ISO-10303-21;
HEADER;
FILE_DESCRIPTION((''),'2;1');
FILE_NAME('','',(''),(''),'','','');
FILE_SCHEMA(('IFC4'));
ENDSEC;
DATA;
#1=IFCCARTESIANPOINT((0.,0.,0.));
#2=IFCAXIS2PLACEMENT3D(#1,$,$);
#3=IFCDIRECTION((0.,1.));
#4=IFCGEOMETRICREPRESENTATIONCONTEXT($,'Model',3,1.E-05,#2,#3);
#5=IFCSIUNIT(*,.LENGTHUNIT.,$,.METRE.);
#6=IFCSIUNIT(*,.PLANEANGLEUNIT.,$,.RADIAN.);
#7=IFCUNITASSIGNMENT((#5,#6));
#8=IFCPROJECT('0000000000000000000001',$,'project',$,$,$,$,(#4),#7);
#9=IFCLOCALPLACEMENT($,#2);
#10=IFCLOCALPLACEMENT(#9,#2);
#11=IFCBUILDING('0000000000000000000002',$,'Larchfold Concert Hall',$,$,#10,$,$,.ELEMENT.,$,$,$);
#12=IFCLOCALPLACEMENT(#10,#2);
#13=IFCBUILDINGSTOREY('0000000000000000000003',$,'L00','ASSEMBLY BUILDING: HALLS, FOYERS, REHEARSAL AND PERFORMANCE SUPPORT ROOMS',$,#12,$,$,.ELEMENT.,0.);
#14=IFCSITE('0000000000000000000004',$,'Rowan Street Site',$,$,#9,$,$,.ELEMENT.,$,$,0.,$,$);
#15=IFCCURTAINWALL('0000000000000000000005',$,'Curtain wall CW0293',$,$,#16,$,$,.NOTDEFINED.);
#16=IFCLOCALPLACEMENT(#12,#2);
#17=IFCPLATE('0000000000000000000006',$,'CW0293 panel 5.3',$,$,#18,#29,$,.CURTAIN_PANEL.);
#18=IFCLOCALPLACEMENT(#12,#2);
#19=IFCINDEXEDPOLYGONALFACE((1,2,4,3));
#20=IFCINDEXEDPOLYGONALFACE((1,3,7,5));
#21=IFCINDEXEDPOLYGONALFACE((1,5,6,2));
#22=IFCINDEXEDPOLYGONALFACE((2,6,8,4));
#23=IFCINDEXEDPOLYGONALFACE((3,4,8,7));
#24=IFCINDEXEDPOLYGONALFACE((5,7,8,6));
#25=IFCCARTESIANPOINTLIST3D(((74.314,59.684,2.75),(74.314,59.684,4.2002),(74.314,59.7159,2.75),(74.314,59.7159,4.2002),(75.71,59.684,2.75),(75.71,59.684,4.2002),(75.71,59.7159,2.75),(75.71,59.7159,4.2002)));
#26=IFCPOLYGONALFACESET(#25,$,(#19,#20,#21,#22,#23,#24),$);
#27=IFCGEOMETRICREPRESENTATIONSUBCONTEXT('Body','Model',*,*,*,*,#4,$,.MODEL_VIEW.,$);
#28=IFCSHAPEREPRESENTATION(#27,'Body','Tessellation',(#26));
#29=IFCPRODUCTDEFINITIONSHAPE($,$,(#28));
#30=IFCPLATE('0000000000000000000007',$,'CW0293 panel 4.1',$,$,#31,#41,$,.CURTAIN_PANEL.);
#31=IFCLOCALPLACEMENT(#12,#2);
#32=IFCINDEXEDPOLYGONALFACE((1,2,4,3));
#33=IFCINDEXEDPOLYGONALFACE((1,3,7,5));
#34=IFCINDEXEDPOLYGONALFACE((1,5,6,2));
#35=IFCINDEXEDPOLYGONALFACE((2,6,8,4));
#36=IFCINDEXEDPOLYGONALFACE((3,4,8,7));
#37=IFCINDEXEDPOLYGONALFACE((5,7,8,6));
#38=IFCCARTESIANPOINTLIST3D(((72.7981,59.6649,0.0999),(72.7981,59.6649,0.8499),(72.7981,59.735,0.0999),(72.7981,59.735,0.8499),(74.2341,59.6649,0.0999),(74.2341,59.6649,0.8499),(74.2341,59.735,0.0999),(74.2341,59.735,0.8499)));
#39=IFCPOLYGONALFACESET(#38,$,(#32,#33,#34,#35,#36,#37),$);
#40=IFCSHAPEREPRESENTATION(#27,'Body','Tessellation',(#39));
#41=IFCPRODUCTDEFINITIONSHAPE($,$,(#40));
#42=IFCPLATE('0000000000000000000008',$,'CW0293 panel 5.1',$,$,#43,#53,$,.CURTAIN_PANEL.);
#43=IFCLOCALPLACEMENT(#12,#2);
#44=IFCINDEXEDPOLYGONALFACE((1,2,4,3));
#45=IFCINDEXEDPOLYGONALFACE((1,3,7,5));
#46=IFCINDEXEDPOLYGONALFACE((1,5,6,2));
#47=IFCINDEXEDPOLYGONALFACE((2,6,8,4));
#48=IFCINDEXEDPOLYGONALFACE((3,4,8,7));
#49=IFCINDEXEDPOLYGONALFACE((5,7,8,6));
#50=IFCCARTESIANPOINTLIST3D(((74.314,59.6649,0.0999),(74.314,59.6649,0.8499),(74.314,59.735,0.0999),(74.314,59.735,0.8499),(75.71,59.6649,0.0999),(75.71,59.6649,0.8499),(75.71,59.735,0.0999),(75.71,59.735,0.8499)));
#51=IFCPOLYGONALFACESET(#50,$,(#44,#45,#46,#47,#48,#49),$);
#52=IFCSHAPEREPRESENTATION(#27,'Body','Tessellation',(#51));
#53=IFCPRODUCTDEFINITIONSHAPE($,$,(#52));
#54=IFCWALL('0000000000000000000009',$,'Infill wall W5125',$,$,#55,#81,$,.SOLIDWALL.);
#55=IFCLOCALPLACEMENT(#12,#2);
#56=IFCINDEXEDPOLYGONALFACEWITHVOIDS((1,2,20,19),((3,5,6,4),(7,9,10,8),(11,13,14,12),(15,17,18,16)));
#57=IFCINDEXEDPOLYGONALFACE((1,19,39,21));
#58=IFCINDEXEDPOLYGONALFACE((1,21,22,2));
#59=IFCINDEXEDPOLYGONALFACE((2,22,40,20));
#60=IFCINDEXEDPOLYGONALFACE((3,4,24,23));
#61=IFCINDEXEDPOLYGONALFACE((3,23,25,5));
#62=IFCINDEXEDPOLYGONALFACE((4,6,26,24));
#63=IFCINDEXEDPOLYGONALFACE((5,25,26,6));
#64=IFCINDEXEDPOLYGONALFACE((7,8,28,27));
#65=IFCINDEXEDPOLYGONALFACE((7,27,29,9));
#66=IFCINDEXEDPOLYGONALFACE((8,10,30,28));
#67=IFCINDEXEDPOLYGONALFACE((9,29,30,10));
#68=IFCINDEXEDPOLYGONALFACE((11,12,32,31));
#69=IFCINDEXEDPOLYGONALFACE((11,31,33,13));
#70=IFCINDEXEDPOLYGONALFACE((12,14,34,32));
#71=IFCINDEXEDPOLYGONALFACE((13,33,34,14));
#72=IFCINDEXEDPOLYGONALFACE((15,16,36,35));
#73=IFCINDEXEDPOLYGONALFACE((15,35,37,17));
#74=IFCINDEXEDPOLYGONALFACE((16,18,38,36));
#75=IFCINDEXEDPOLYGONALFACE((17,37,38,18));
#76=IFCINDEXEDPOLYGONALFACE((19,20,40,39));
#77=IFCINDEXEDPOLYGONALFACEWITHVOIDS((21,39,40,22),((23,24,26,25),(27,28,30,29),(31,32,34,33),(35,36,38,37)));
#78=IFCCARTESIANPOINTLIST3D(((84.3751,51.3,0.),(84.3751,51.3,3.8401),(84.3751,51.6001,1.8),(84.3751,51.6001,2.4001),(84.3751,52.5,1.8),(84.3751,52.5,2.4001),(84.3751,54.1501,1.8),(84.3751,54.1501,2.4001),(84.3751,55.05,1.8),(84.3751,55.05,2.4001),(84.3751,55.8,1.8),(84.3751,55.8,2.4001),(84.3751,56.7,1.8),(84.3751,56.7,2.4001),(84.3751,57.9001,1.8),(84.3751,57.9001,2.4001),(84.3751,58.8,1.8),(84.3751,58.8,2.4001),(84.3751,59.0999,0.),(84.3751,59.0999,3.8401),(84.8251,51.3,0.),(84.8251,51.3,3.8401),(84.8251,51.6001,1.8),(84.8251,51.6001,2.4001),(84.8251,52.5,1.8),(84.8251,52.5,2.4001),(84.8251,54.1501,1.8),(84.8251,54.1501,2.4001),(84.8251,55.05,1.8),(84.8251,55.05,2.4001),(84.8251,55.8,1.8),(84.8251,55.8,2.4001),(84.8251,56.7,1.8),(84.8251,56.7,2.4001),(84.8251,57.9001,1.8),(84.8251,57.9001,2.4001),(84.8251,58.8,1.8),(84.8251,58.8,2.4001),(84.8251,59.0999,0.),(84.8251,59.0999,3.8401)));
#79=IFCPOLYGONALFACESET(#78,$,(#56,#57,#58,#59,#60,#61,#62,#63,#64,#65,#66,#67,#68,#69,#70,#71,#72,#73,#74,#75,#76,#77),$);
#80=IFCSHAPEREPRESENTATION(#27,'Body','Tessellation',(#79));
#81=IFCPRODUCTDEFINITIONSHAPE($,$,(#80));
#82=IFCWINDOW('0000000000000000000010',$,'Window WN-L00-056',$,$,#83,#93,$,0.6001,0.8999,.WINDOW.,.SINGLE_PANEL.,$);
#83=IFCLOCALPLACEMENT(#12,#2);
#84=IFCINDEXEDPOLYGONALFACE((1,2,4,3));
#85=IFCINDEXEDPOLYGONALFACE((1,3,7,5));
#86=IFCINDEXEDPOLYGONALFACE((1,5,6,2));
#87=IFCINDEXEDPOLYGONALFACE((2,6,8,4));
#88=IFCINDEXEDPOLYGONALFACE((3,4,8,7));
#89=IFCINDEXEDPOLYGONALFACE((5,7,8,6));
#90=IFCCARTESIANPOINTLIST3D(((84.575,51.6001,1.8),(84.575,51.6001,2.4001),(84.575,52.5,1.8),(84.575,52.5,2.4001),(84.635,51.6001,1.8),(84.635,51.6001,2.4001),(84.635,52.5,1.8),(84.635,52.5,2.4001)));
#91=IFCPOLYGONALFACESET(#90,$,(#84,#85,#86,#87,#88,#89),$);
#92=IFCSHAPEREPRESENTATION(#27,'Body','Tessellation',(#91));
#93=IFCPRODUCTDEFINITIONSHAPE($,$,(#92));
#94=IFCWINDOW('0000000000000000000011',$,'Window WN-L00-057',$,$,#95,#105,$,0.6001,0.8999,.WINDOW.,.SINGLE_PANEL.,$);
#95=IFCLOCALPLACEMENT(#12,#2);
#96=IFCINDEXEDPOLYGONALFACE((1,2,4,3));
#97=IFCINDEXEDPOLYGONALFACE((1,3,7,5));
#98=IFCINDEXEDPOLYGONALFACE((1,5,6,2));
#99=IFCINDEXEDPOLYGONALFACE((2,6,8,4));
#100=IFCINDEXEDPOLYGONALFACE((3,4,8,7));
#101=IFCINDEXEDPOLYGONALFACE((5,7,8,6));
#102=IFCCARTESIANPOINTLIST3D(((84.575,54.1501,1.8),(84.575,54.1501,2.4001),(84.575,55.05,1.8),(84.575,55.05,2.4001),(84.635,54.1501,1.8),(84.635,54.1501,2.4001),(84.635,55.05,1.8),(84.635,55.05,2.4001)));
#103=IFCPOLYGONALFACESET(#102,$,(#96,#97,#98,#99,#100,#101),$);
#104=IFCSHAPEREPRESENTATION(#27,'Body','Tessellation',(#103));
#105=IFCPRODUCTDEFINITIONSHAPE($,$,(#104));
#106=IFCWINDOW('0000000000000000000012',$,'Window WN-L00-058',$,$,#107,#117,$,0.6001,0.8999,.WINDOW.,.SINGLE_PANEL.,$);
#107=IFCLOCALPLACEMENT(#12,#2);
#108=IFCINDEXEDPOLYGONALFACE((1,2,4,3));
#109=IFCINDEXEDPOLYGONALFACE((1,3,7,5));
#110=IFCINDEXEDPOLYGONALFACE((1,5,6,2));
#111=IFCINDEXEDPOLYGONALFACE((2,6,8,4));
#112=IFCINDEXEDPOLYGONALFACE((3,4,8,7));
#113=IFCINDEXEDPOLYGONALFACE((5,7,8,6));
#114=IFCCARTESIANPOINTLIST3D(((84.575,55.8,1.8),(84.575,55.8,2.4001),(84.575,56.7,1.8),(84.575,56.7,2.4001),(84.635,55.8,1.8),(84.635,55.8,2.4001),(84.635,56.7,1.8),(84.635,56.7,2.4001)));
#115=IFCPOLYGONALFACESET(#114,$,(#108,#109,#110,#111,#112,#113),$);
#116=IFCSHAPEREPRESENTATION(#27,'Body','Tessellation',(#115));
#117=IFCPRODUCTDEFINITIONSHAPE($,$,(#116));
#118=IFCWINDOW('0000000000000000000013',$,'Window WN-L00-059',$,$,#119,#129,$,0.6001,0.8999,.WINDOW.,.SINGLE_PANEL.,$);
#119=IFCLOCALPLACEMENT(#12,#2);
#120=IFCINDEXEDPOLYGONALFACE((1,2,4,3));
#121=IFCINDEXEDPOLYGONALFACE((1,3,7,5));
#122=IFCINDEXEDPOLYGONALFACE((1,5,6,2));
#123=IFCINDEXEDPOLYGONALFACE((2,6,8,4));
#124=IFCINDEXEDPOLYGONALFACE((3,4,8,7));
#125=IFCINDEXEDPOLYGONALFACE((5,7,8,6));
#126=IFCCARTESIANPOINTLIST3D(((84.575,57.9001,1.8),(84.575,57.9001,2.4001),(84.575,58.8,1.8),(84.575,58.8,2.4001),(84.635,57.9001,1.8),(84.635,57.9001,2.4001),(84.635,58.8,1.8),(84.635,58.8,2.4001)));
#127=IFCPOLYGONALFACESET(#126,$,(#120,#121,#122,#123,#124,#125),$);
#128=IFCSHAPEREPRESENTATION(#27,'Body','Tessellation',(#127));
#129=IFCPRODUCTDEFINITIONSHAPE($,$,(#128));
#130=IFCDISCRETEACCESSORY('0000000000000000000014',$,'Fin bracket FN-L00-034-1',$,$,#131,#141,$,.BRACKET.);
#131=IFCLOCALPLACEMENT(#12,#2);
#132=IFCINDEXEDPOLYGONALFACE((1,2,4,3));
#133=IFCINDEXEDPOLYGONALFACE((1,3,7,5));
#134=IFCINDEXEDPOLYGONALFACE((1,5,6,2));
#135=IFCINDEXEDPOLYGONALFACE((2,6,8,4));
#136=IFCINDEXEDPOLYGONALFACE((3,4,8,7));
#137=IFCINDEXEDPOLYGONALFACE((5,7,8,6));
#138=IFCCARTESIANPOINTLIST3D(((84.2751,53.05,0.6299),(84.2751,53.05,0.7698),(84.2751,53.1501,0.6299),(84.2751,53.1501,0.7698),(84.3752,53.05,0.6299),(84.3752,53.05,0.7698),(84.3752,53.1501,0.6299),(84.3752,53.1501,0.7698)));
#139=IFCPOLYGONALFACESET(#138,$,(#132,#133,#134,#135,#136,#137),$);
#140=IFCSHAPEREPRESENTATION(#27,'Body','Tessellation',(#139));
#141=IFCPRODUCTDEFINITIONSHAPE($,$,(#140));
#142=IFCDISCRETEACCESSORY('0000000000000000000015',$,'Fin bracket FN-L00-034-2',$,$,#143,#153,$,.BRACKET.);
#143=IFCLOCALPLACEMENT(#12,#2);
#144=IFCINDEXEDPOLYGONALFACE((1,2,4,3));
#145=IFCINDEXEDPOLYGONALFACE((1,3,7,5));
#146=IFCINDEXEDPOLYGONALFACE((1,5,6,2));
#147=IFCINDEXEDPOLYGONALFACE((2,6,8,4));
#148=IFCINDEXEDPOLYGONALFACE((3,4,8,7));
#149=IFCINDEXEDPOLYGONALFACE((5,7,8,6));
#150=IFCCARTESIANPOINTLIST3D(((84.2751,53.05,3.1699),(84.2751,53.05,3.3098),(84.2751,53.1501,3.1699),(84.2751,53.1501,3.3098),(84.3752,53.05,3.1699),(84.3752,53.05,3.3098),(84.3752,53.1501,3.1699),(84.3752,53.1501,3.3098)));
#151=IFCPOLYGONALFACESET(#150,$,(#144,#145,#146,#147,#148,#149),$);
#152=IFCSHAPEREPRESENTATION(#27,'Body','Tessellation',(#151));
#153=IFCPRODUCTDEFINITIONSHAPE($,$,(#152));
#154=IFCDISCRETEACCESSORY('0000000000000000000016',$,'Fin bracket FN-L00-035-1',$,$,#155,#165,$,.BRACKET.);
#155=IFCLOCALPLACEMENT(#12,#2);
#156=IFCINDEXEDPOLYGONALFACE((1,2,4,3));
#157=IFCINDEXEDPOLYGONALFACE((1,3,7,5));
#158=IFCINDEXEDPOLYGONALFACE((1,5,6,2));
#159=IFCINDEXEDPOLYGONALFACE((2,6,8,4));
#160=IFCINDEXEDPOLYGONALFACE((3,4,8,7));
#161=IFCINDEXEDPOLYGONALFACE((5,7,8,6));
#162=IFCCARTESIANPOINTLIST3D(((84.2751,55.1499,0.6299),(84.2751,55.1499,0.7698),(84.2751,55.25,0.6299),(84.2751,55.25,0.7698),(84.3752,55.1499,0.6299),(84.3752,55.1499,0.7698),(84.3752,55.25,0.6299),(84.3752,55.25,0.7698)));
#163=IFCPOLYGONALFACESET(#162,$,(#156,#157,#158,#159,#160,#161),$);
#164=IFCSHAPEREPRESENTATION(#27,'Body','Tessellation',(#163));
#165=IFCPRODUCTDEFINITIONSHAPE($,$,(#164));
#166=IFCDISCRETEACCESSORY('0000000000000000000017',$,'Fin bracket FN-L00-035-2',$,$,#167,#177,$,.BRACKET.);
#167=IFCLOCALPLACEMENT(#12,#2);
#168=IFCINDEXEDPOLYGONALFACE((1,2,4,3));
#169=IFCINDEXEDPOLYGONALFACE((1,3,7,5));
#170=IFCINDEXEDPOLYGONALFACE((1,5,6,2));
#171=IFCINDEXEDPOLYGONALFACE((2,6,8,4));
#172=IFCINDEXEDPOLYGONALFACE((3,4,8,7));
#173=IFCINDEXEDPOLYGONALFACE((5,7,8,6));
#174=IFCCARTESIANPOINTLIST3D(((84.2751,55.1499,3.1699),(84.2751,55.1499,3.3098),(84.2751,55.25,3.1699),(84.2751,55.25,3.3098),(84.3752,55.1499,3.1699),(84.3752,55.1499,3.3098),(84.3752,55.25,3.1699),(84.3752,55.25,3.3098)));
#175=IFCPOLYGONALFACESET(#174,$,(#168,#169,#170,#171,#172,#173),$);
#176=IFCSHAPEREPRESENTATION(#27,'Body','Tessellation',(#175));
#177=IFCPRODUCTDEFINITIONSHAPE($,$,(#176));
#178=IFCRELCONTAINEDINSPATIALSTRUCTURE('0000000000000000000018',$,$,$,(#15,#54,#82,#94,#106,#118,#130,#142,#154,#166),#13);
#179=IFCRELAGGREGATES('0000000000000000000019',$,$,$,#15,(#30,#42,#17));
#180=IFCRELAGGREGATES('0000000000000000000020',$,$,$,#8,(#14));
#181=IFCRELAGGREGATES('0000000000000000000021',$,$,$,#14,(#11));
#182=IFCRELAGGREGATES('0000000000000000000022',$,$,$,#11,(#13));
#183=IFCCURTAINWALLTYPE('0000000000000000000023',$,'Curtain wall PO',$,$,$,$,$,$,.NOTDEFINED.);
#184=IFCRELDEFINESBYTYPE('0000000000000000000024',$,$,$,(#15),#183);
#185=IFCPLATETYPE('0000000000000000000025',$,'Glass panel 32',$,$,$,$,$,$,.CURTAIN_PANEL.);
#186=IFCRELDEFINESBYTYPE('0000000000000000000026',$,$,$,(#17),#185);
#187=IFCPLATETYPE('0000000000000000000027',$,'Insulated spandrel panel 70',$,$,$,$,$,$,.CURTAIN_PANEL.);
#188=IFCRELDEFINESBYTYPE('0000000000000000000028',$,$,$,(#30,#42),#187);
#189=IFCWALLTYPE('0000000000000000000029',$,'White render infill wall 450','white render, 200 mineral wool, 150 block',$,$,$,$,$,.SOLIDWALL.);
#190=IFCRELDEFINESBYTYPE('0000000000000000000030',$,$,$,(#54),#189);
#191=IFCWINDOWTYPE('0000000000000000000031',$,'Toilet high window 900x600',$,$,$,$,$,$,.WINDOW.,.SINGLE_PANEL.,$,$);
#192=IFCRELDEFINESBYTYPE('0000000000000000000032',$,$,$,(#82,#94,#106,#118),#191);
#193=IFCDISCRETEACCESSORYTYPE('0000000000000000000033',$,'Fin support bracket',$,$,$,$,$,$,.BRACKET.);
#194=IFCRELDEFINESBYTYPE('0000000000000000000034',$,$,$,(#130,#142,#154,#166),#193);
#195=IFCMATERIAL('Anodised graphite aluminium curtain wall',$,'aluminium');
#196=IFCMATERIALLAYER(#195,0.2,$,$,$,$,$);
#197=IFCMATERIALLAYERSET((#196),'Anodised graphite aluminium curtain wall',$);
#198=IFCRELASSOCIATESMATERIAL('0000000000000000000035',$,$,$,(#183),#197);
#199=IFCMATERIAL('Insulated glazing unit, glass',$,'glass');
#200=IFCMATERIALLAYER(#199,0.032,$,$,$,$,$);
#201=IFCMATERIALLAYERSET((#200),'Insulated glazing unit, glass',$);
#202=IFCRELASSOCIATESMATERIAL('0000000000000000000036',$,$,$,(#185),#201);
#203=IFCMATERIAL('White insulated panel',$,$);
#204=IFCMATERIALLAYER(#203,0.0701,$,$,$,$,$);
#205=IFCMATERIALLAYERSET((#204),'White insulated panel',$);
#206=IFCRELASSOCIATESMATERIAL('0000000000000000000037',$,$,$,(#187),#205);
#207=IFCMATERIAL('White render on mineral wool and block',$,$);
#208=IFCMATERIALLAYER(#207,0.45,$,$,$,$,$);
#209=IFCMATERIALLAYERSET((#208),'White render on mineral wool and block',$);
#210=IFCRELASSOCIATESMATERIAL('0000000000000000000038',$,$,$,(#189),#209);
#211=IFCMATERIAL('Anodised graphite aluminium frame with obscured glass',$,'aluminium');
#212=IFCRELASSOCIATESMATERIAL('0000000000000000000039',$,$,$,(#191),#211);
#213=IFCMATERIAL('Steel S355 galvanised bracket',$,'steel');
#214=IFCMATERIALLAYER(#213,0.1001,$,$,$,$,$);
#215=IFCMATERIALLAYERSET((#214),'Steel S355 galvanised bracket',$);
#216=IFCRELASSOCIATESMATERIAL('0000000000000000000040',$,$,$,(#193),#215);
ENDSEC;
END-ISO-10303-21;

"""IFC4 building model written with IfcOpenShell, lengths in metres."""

from ifc_helpers import new_model, si_unit, direction, frame, frame_2d, origin, origin_2d, place, context, subcontext, project, spatial, rectangle, extrude, material, layer, layer_set, type_object, element, fill, aggregate, save


model = new_model("IFC4")

# Units and contexts
model_context = context("Model", 3, precision=1e-05, world=origin(), true_north=direction((0.0, 1.0)))
body_context = subcontext(model_context, "Body", "Model", "MODEL_VIEW")
ifc_project = project(units=[si_unit("LENGTHUNIT", "METRE"), si_unit("PLANEANGLEUNIT", "RADIAN")], contexts=[model_context])

# Site, building, storey
site_placement = place(None, origin())
site = spatial("IfcSite", under=ifc_project, at=site_placement, Name="Rowan Street Site", CompositionType="ELEMENT", RefElevation=0.0)
building_placement = place(site_placement, origin())
building = spatial("IfcBuilding", under=site, at=building_placement, Name="Larchfold Concert Hall", CompositionType="ELEMENT")
storey_placement = place(building_placement, origin())
storey = spatial("IfcBuildingStorey", under=building, at=storey_placement, Name="L00", Description="ASSEMBLY BUILDING: HALLS, FOYERS, REHEARSAL AND PERFORMANCE SUPPORT ROOMS", CompositionType="ELEMENT", Elevation=0.0)

# Curtain wall, plates
ifc_material_1 = material(Name="Anodised graphite aluminium curtain wall", Category="aluminium")
ifc_layer_1 = layer(ifc_material_1, 0.2)
ifc_layer_set_1 = layer_set([ifc_layer_1], Name="Anodised graphite aluminium curtain wall")
curtain_wall_type = type_object("IfcCurtainWallType", Name="Curtain wall PO", PredefinedType="NOTDEFINED", material=ifc_layer_set_1)
curtain_wall_placement = place(storey_placement, origin())
curtain_wall = element("IfcCurtainWall", 1, at=curtain_wall_placement, inside=storey, type_object=curtain_wall_type, Name="Curtain wall CW0293", PredefinedType="NOTDEFINED")
ifc_material_2 = material(Name="Insulated glazing unit, glass", Category="glass")
ifc_layer_2 = layer(ifc_material_2, 0.032)
ifc_layer_set_2 = layer_set([ifc_layer_2], Name="Insulated glazing unit, glass")
plate_type_1 = type_object("IfcPlateType", Name="Glass panel 32", PredefinedType="CURTAIN_PANEL", material=ifc_layer_set_2)
plate_1_placement = place(storey_placement, frame((75.012, 59.7, 2.75), z_axis=(0.0, 0.0, 1.0), x_axis=(1.0, 0.0, 0.0)))
plate_1 = element("IfcPlate", 2, at=plate_1_placement, type_object=plate_type_1, Name="CW0293 panel 5.3", PredefinedType="CURTAIN_PANEL", context=body_context, shape_type="SweptSolid", body=[
    extrude(rectangle(XDim=1.396, YDim=0.032, at=origin_2d()), origin(), (0.0, 0.0, 1.0), 1.4502),
])
ifc_material_3 = material(Name="White insulated panel")
ifc_layer_3 = layer(ifc_material_3, 0.0701)
ifc_layer_set_3 = layer_set([ifc_layer_3], Name="White insulated panel")
plate_type_2 = type_object("IfcPlateType", Name="Insulated spandrel panel 70", PredefinedType="CURTAIN_PANEL", material=ifc_layer_set_3)
plate_2_placement = place(storey_placement, frame((73.5161, 59.7, 0.0999), z_axis=(0.0, 0.0, 1.0), x_axis=(1.0, 0.0, 0.0)))
plate_2 = element("IfcPlate", 3, at=plate_2_placement, type_object=plate_type_2, Name="CW0293 panel 4.1", PredefinedType="CURTAIN_PANEL", context=body_context, shape_type="SweptSolid", body=[
    extrude(rectangle(XDim=1.436, YDim=0.0701, at=origin_2d()), origin(), (0.0, 0.0, 1.0), 0.75),
])
plate_3_placement = place(storey_placement, frame((75.012, 59.7, 0.0999), z_axis=(0.0, 0.0, 1.0), x_axis=(1.0, 0.0, 0.0)))
plate_3 = element("IfcPlate", 4, at=plate_3_placement, type_object=plate_type_2, Name="CW0293 panel 5.1", PredefinedType="CURTAIN_PANEL", context=body_context, shape_type="SweptSolid", body=[
    extrude(rectangle(XDim=1.396, YDim=0.0701, at=origin_2d()), origin(), (0.0, 0.0, 1.0), 0.75),
])
aggregate(curtain_wall, [plate_2, plate_3, plate_1])

# Wall, openings, windows
ifc_material_4 = material(Name="White render on mineral wool and block")
ifc_layer_4 = layer(ifc_material_4, 0.45)
ifc_layer_set_4 = layer_set([ifc_layer_4], Name="White render on mineral wool and block")
wall_type = type_object("IfcWallType", Name="White render infill wall 450", Description="white render, 200 mineral wool, 150 block", PredefinedType="SOLIDWALL", material=ifc_layer_set_4)
wall_placement = place(storey_placement, frame((84.6001, 59.0999, 0.0), z_axis=(0.0, 0.0, 1.0), x_axis=(0.0, -1.0, 0.0)))
wall = element("IfcWall", 5, at=wall_placement, inside=storey, type_object=wall_type, Name="Infill wall W5125", PredefinedType="SOLIDWALL", context=body_context, shape_type="SweptSolid", body=[
    extrude(rectangle(XDim=7.7998, YDim=0.45, at=frame_2d((3.8999, 0.0))), origin(), (0.0, 0.0, 1.0), 3.8401),
])
opening_1_placement = place(wall_placement, frame((6.5999, 0.0, 1.8)))
opening_1 = element("IfcOpeningElement", 6, at=opening_1_placement, cuts=wall, PredefinedType="OPENING", context=body_context, shape_type="SweptSolid", body=[
    extrude(rectangle(XDim=0.8999, YDim=0.6001, at=frame_2d((0.45, 0.3))), frame((0.0, 0.2349, 0.0), z_axis=(0.0, -1.0, 0.0), x_axis=(1.0, 0.0, 0.0)), (0.0, 0.0, 1.0), 0.47),
])
opening_2_placement = place(wall_placement, frame((4.0498, 0.0, 1.8)))
opening_2 = element("IfcOpeningElement", 7, at=opening_2_placement, cuts=wall, PredefinedType="OPENING", context=body_context, shape_type="SweptSolid", body=[
    extrude(rectangle(XDim=0.8999, YDim=0.6001, at=frame_2d((0.45, 0.3))), frame((0.0, 0.2349, 0.0), z_axis=(0.0, -1.0, 0.0), x_axis=(1.0, 0.0, 0.0)), (0.0, 0.0, 1.0), 0.47),
])
opening_3_placement = place(wall_placement, frame((2.3999, 0.0, 1.8)))
opening_3 = element("IfcOpeningElement", 8, at=opening_3_placement, cuts=wall, PredefinedType="OPENING", context=body_context, shape_type="SweptSolid", body=[
    extrude(rectangle(XDim=0.8999, YDim=0.6001, at=frame_2d((0.45, 0.3))), frame((0.0, 0.2349, 0.0), z_axis=(0.0, -1.0, 0.0), x_axis=(1.0, 0.0, 0.0)), (0.0, 0.0, 1.0), 0.47),
])
opening_4_placement = place(wall_placement, frame((0.2998, 0.0, 1.8)))
opening_4 = element("IfcOpeningElement", 9, at=opening_4_placement, cuts=wall, PredefinedType="OPENING", context=body_context, shape_type="SweptSolid", body=[
    extrude(rectangle(XDim=0.8999, YDim=0.6001, at=frame_2d((0.45, 0.3))), frame((0.0, 0.2349, 0.0), z_axis=(0.0, -1.0, 0.0), x_axis=(1.0, 0.0, 0.0)), (0.0, 0.0, 1.0), 0.47),
])
ifc_material_5 = material(Name="Anodised graphite aluminium frame with obscured glass", Category="aluminium")
window_type = type_object("IfcWindowType", Name="Toilet high window 900x600", PartitioningType="SINGLE_PANEL", PredefinedType="WINDOW", material=ifc_material_5)
window_1_placement = place(opening_1_placement, origin())
window_1 = element("IfcWindow", 10, at=window_1_placement, inside=storey, type_object=window_type, Name="Window WN-L00-056", OverallHeight=0.6001, OverallWidth=0.8999, PartitioningType="SINGLE_PANEL", PredefinedType="WINDOW", context=body_context, shape_type="SweptSolid", body=[
    extrude(rectangle(XDim=0.8999, YDim=0.6001, at=frame_2d((0.45, 0.3))), frame((0.0, 0.0349, 0.0), z_axis=(0.0, -1.0, 0.0), x_axis=(1.0, 0.0, 0.0)), (0.0, 0.0, 1.0), 0.0601),
])
fill(opening_1, window_1)
window_2_placement = place(opening_2_placement, origin())
window_2 = element("IfcWindow", 11, at=window_2_placement, inside=storey, type_object=window_type, Name="Window WN-L00-057", OverallHeight=0.6001, OverallWidth=0.8999, PartitioningType="SINGLE_PANEL", PredefinedType="WINDOW", context=body_context, shape_type="SweptSolid", body=[
    extrude(rectangle(XDim=0.8999, YDim=0.6001, at=frame_2d((0.45, 0.3))), frame((0.0, 0.0349, 0.0), z_axis=(0.0, -1.0, 0.0), x_axis=(1.0, 0.0, 0.0)), (0.0, 0.0, 1.0), 0.0601),
])
fill(opening_2, window_2)
window_3_placement = place(opening_3_placement, origin())
window_3 = element("IfcWindow", 12, at=window_3_placement, inside=storey, type_object=window_type, Name="Window WN-L00-058", OverallHeight=0.6001, OverallWidth=0.8999, PartitioningType="SINGLE_PANEL", PredefinedType="WINDOW", context=body_context, shape_type="SweptSolid", body=[
    extrude(rectangle(XDim=0.8999, YDim=0.6001, at=frame_2d((0.45, 0.3))), frame((0.0, 0.0349, 0.0), z_axis=(0.0, -1.0, 0.0), x_axis=(1.0, 0.0, 0.0)), (0.0, 0.0, 1.0), 0.0601),
])
fill(opening_3, window_3)
window_4_placement = place(opening_4_placement, origin())
window_4 = element("IfcWindow", 13, at=window_4_placement, inside=storey, type_object=window_type, Name="Window WN-L00-059", OverallHeight=0.6001, OverallWidth=0.8999, PartitioningType="SINGLE_PANEL", PredefinedType="WINDOW", context=body_context, shape_type="SweptSolid", body=[
    extrude(rectangle(XDim=0.8999, YDim=0.6001, at=frame_2d((0.45, 0.3))), frame((0.0, 0.0349, 0.0), z_axis=(0.0, -1.0, 0.0), x_axis=(1.0, 0.0, 0.0)), (0.0, 0.0, 1.0), 0.0601),
])
fill(opening_4, window_4)

# Discrete accessories
ifc_material_6 = material(Name="Steel S355 galvanised bracket", Category="steel")
ifc_layer_5 = layer(ifc_material_6, 0.1001)
ifc_layer_set_5 = layer_set([ifc_layer_5], Name="Steel S355 galvanised bracket")
discrete_accessory_type = type_object("IfcDiscreteAccessoryType", Name="Fin support bracket", PredefinedType="BRACKET", material=ifc_layer_set_5)
for number, where, z_axis, x_axis, name in (
    (14, (84.3252, 53.1001, 0.6299), (0.0, 0.0, 1.0), (-1.0, 0.0, 0.0), "Fin bracket FN-L00-034-1"),
    (15, (84.3252, 53.1001, 3.1699), (0.0, 0.0, 1.0), (-1.0, 0.0, 0.0), "Fin bracket FN-L00-034-2"),
    (16, (84.3252, 55.2, 0.6299), (0.0, 0.0, 1.0), (-1.0, 0.0, 0.0), "Fin bracket FN-L00-035-1"),
    (17, (84.3252, 55.2, 3.1699), (0.0, 0.0, 1.0), (-1.0, 0.0, 0.0), "Fin bracket FN-L00-035-2"),
):
    element("IfcDiscreteAccessory", number, at=place(storey_placement, frame(where, z_axis=z_axis, x_axis=x_axis)), inside=storey, type_object=discrete_accessory_type, Name=name, PredefinedType="BRACKET", context=body_context, shape_type="SweptSolid", body=[
        extrude(rectangle(XDim=0.1001, YDim=0.1001, at=origin_2d()), origin(), (0.0, 0.0, 1.0), 0.1399),
    ])

save(model, "model.ifc")
